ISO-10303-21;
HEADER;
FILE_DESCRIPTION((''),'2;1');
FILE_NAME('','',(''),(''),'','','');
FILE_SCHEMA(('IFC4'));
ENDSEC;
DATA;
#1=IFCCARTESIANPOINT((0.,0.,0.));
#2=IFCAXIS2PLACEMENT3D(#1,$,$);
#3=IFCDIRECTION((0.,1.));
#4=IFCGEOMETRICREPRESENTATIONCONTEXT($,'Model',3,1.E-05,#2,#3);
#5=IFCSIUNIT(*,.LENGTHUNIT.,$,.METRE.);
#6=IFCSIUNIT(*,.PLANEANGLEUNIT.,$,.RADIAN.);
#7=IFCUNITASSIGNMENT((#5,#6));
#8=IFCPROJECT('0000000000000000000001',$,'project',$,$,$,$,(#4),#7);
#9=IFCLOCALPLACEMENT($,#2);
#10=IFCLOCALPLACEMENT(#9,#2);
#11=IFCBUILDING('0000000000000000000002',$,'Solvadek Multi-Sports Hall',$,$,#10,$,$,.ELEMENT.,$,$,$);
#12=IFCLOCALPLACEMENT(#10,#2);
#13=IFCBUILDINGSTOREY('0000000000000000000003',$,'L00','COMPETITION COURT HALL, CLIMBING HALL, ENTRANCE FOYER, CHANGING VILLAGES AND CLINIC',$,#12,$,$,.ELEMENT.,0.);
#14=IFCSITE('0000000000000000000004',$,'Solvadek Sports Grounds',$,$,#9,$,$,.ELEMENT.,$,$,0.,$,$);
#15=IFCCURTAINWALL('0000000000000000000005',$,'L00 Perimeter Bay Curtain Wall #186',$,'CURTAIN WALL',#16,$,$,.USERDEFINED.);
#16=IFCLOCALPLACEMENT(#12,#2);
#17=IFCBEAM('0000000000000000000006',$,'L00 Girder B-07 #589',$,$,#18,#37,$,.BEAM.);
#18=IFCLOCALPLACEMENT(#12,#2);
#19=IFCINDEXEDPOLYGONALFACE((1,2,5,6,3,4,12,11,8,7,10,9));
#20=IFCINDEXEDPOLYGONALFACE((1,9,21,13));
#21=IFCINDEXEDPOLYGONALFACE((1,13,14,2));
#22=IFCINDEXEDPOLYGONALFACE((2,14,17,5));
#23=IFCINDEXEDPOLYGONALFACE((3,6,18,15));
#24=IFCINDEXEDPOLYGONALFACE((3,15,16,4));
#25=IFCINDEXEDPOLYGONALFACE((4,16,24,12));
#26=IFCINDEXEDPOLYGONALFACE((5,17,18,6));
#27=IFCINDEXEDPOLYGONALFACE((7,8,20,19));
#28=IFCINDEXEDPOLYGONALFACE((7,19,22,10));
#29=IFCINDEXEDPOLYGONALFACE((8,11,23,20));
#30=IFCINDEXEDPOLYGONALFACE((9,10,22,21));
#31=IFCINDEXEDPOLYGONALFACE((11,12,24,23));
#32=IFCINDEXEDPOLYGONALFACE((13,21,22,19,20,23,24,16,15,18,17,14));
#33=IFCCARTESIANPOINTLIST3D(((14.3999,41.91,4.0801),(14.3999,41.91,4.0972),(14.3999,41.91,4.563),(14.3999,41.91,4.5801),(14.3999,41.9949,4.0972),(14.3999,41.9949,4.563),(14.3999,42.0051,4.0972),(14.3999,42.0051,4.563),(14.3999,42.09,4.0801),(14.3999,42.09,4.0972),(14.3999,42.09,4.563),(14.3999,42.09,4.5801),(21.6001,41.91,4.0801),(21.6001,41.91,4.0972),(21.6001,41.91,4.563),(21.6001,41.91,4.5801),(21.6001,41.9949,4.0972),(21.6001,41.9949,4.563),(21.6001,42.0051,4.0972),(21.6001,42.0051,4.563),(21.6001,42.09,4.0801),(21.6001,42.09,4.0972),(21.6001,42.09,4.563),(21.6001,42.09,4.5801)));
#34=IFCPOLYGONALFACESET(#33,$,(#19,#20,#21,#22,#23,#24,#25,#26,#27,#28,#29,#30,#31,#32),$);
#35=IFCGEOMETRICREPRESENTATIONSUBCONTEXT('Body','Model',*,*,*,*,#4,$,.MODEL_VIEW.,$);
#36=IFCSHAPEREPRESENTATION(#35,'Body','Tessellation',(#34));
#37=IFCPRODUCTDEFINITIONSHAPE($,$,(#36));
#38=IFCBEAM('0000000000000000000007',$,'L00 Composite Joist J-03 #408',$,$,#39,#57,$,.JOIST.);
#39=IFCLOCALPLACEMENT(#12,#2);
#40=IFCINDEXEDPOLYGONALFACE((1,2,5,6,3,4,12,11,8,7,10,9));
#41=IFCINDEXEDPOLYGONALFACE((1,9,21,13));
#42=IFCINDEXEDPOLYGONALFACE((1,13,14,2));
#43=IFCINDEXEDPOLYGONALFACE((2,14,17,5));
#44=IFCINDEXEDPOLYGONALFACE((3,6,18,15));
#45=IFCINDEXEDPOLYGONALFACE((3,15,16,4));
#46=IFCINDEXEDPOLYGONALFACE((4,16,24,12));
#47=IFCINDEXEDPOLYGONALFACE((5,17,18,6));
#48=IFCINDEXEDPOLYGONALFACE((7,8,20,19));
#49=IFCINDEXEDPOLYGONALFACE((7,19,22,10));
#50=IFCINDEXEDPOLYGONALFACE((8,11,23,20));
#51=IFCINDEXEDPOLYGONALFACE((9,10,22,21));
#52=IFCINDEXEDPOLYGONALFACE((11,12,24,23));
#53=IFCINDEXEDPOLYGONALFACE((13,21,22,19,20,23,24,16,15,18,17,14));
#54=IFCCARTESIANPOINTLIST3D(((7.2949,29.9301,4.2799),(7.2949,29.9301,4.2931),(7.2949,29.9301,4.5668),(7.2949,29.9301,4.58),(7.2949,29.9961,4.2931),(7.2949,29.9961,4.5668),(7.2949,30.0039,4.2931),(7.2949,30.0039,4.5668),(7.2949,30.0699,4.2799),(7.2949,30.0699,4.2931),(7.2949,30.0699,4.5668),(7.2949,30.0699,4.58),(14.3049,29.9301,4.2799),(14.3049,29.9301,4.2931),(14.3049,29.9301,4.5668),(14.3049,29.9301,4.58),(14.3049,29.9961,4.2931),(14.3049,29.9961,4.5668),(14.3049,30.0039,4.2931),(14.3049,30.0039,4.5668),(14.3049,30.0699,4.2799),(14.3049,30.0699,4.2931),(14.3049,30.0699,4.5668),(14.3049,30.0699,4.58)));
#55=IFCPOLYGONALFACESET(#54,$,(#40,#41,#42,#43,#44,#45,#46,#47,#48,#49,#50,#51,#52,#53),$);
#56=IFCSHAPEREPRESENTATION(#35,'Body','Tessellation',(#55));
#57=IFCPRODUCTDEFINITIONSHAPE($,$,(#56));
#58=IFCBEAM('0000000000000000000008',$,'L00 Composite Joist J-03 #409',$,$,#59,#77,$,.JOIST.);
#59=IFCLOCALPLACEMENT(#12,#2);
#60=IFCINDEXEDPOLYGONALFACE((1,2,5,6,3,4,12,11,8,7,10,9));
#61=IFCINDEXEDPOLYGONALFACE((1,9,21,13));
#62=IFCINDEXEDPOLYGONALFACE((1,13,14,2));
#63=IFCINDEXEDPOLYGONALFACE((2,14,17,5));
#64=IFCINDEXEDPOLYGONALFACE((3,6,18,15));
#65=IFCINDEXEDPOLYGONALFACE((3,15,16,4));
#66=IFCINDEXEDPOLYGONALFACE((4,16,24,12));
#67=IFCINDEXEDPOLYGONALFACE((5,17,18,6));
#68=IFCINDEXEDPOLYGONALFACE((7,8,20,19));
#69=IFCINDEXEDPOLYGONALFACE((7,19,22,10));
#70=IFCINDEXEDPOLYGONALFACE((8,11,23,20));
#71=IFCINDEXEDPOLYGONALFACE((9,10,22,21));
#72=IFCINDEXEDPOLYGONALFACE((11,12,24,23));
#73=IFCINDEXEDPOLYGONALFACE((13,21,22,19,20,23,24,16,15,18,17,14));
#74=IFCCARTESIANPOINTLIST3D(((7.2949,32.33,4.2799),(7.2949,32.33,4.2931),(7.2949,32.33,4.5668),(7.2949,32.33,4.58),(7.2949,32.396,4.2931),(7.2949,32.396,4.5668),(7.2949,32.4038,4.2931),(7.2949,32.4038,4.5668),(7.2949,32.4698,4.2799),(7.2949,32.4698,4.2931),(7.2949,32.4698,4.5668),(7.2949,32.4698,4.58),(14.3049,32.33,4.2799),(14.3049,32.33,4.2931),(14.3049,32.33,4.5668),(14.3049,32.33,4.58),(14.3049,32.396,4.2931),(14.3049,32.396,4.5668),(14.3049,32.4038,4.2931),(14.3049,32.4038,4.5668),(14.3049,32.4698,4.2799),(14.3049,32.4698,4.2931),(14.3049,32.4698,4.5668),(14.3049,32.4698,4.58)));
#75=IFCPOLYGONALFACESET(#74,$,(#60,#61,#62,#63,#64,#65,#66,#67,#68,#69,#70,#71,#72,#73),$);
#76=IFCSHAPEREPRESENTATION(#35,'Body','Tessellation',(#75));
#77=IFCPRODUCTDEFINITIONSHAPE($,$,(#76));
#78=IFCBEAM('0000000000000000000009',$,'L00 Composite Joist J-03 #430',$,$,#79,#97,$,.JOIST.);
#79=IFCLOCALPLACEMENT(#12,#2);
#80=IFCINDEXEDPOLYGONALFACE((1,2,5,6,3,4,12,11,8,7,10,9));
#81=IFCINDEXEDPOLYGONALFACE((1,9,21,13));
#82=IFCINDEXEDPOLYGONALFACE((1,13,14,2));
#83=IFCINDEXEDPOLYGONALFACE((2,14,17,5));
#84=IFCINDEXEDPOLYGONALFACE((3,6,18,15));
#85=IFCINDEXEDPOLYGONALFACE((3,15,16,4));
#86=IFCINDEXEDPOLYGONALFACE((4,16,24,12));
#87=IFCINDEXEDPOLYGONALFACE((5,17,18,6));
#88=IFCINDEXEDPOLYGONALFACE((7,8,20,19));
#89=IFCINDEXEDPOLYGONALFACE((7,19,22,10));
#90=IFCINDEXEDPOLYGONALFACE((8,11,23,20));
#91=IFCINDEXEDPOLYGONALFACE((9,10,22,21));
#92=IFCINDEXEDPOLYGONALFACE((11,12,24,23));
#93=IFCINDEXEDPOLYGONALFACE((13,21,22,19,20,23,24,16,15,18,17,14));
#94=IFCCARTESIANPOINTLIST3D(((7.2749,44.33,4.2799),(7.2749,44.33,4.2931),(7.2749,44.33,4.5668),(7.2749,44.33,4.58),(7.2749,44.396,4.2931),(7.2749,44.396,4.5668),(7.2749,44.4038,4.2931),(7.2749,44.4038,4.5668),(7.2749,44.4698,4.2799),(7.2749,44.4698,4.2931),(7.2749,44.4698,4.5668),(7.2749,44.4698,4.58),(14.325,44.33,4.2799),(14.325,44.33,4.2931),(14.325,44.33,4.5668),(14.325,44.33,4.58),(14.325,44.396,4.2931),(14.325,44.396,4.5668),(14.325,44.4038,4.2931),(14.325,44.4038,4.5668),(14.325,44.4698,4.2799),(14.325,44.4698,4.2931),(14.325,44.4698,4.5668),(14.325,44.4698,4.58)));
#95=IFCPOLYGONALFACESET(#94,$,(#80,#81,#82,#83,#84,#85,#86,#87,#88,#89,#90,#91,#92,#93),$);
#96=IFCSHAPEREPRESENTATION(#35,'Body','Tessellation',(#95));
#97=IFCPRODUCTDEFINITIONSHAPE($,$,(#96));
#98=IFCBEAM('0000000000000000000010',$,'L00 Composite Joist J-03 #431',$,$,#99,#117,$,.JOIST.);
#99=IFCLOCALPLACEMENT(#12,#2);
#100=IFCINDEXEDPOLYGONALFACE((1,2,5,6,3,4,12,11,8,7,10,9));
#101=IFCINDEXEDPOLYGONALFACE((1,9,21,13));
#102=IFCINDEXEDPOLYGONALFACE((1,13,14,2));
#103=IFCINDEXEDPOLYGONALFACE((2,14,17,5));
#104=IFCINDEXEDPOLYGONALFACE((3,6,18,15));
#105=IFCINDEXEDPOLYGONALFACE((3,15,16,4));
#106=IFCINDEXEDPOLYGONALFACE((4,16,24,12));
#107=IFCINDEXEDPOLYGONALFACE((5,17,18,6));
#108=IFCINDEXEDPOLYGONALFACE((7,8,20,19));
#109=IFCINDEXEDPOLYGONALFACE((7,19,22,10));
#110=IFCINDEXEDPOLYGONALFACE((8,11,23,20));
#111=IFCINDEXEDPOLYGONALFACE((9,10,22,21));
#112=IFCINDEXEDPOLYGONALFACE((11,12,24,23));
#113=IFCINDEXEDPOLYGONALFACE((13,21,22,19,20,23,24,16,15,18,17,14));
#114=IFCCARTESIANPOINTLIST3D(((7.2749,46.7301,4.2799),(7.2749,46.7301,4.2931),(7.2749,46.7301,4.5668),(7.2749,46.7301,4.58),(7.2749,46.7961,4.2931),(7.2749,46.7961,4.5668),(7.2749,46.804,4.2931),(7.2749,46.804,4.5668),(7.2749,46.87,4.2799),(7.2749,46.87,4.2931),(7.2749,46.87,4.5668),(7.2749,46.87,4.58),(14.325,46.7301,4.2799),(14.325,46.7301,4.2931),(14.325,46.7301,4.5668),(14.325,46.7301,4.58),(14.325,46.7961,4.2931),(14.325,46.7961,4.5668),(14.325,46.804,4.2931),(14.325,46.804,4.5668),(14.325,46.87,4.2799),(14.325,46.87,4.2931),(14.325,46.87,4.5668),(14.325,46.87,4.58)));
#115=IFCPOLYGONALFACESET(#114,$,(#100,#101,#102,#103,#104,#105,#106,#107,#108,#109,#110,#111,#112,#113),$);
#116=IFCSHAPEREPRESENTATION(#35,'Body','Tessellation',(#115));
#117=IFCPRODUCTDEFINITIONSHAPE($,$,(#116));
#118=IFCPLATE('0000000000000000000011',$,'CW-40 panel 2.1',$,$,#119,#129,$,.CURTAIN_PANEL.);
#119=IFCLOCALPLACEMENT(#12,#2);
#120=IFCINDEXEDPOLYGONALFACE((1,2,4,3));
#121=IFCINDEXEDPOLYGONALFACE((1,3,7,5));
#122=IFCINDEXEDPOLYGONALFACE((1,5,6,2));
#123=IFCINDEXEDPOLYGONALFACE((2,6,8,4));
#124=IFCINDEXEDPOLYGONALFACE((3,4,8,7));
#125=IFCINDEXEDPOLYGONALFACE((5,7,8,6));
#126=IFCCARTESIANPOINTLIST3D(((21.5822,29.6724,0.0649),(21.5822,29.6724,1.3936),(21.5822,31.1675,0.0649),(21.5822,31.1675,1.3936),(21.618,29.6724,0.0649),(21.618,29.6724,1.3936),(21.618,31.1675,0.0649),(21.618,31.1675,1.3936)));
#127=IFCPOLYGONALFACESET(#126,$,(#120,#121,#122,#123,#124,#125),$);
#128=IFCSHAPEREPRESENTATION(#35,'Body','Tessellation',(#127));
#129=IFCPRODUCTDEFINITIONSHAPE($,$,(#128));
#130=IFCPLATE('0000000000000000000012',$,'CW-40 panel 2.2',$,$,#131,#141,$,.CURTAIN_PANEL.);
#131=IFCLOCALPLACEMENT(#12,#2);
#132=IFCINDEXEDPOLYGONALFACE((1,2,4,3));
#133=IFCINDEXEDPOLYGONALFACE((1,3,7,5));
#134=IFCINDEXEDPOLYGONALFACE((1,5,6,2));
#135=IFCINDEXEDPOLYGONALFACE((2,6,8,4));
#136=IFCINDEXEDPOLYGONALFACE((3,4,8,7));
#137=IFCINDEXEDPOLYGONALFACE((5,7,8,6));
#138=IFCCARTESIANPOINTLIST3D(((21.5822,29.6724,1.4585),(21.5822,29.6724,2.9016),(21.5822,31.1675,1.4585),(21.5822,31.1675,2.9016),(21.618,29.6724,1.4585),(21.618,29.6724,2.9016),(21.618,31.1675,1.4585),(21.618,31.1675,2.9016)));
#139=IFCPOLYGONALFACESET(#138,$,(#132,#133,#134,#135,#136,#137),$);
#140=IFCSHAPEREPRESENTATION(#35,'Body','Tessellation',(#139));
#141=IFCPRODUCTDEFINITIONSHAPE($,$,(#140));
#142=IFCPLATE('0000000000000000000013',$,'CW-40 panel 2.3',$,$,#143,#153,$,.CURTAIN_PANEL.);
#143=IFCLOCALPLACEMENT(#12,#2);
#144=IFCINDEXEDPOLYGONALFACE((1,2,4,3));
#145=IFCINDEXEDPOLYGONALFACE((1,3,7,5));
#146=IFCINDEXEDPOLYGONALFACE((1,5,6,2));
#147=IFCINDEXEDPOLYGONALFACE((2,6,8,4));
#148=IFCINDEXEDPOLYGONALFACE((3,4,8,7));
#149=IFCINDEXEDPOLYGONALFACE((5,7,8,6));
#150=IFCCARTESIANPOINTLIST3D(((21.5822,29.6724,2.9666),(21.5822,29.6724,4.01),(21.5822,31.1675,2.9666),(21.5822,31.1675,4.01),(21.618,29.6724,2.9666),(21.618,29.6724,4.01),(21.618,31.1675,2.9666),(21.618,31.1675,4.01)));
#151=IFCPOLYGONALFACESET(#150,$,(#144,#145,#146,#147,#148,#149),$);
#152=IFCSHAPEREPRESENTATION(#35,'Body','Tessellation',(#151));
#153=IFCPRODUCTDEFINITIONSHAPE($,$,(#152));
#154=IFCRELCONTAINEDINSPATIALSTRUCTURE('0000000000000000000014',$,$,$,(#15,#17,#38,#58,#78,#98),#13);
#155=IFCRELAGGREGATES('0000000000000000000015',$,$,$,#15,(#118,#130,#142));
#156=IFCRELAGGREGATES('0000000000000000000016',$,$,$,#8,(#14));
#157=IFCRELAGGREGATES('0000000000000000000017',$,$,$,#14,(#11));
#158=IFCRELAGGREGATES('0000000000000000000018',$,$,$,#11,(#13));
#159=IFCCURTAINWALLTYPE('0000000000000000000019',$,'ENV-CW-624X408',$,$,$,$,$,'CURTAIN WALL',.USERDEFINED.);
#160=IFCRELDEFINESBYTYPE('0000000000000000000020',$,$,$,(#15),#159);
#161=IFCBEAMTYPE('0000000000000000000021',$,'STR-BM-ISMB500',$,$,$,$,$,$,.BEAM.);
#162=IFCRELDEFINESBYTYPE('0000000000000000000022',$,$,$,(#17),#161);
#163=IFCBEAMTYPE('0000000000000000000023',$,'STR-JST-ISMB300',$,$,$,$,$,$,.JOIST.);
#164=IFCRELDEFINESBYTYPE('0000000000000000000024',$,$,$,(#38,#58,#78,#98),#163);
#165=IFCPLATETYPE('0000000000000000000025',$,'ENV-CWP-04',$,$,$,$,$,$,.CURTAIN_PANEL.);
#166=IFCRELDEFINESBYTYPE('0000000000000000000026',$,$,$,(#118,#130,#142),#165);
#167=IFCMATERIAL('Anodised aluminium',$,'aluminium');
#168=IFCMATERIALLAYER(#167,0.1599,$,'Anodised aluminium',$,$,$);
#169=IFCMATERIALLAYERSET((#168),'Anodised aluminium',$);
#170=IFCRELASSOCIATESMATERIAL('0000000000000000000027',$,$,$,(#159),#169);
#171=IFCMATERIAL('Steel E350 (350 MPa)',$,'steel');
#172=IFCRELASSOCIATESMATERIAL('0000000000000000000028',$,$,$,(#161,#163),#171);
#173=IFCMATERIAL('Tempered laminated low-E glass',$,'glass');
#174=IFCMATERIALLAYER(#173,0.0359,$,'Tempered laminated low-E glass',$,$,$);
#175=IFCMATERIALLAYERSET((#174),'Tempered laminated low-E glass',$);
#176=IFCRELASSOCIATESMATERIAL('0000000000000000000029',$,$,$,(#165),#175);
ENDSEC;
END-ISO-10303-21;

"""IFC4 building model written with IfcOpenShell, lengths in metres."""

from ifc_helpers import new_model, si_unit, direction, frame, origin, origin_2d, place, context, subcontext, project, spatial, rectangle, i_section, extrude, material, layer, layer_set, material_profile, profile_set, type_object, element, aggregate, save


model = new_model("IFC4")

# Units and contexts
model_context = context("Model", 3, precision=1e-05, world=origin(), true_north=direction((0.0, 1.0)))
body_context = subcontext(model_context, "Body", "Model", "MODEL_VIEW")
ifc_project = project(units=[si_unit("LENGTHUNIT", "METRE"), si_unit("PLANEANGLEUNIT", "RADIAN")], contexts=[model_context])

# Site, building, storey
site_placement = place(None, origin())
site = spatial("IfcSite", under=ifc_project, at=site_placement, Name="Solvadek Sports Grounds", CompositionType="ELEMENT", RefElevation=0.0)
building_placement = place(site_placement, origin())
building = spatial("IfcBuilding", under=site, at=building_placement, Name="Solvadek Multi-Sports Hall", CompositionType="ELEMENT")
storey_placement = place(building_placement, origin())
storey = spatial("IfcBuildingStorey", under=building, at=storey_placement, Name="L00", Description="COMPETITION COURT HALL, CLIMBING HALL, ENTRANCE FOYER, CHANGING VILLAGES AND CLINIC", CompositionType="ELEMENT", Elevation=0.0)

# Shared definitions
ifc_material_1 = material(Name="Steel E350 (350 MPa)", Category="steel")

# Curtain wall
ifc_material_2 = material(Name="Anodised aluminium", Category="aluminium")
ifc_layer_1 = layer(ifc_material_2, 0.1599, Name="Anodised aluminium")
ifc_layer_set_1 = layer_set([ifc_layer_1], Name="Anodised aluminium")
curtain_wall_type = type_object("IfcCurtainWallType", Name="ENV-CW-624X408", ElementType="CURTAIN WALL", PredefinedType="USERDEFINED", material=ifc_layer_set_1)
curtain_wall_placement = place(storey_placement, origin())
curtain_wall = element("IfcCurtainWall", 1, at=curtain_wall_placement, inside=storey, type_object=curtain_wall_type, Name="L00 Perimeter Bay Curtain Wall #186", ObjectType="CURTAIN WALL", PredefinedType="USERDEFINED")

# Beams
ifc_material_profile_1 = material_profile(ifc_material_1, i_section(OverallWidth=0.1799, OverallDepth=0.5, WebThickness=0.0103, FlangeThickness=0.0171, at=origin_2d()), Name="ISMB 500")
ifc_profile_set_1 = profile_set([ifc_material_profile_1], Name="Steel E350 (350 MPa)")
beam_type_1 = type_object("IfcBeamType", Name="STR-BM-ISMB500", PredefinedType="BEAM", material=ifc_profile_set_1)
for number, where, z_axis, x_axis, name in (
    (2, (14.3999, 42.0, 4.3301), (1.0, 0.0, 0.0), (0.0, 1.0, 0.0), "L00 Girder B-07 #589"),
):
    element("IfcBeam", number, at=place(storey_placement, frame(where, z_axis=z_axis, x_axis=x_axis)), inside=storey, type_object=beam_type_1, Name=name, PredefinedType="BEAM", context=body_context, shape_type="SweptSolid", body=[
        extrude(i_section(OverallWidth=0.1799, OverallDepth=0.5, WebThickness=0.0103, FlangeThickness=0.0171, at=origin_2d()), origin(), (0.0, 0.0, 1.0), 7.2002),
    ])
ifc_material_profile_2 = material_profile(ifc_material_1, i_section(OverallWidth=0.1399, OverallDepth=0.3, WebThickness=0.0078, FlangeThickness=0.0132, at=origin_2d()), Name="ISMB 300")
ifc_profile_set_2 = profile_set([ifc_material_profile_2], Name="Steel E350 (350 MPa)")
beam_type_2 = type_object("IfcBeamType", Name="STR-JST-ISMB300", PredefinedType="JOIST", material=ifc_profile_set_2)
for number, where, z_axis, x_axis, name in (
    (3, (7.2949, 30.0, 4.4299), (1.0, 0.0, 0.0), (0.0, 1.0, 0.0), "L00 Composite Joist J-03 #408"),
    (4, (7.2949, 32.3999, 4.4299), (1.0, 0.0, 0.0), (0.0, 1.0, 0.0), "L00 Composite Joist J-03 #409"),
):
    element("IfcBeam", number, at=place(storey_placement, frame(where, z_axis=z_axis, x_axis=x_axis)), inside=storey, type_object=beam_type_2, Name=name, PredefinedType="JOIST", context=body_context, shape_type="SweptSolid", body=[
        extrude(i_section(OverallWidth=0.1399, OverallDepth=0.3, WebThickness=0.0078, FlangeThickness=0.0132, at=origin_2d()), origin(), (0.0, 0.0, 1.0), 7.01),
    ])
for number, where, z_axis, x_axis, name in (
    (5, (7.2749, 44.3999, 4.4299), (1.0, 0.0, 0.0), (0.0, 1.0, 0.0), "L00 Composite Joist J-03 #430"),
    (6, (7.2749, 46.8, 4.4299), (1.0, 0.0, 0.0), (0.0, 1.0, 0.0), "L00 Composite Joist J-03 #431"),
):
    element("IfcBeam", number, at=place(storey_placement, frame(where, z_axis=z_axis, x_axis=x_axis)), inside=storey, type_object=beam_type_2, Name=name, PredefinedType="JOIST", context=body_context, shape_type="SweptSolid", body=[
        extrude(i_section(OverallWidth=0.1399, OverallDepth=0.3, WebThickness=0.0078, FlangeThickness=0.0132, at=origin_2d()), origin(), (0.0, 0.0, 1.0), 7.05),
    ])

# Plates
ifc_material_3 = material(Name="Tempered laminated low-E glass", Category="glass")
ifc_layer_2 = layer(ifc_material_3, 0.0359, Name="Tempered laminated low-E glass")
ifc_layer_set_2 = layer_set([ifc_layer_2], Name="Tempered laminated low-E glass")
plate_type = type_object("IfcPlateType", Name="ENV-CWP-04", PredefinedType="CURTAIN_PANEL", material=ifc_layer_set_2)
plate_1_placement = place(storey_placement, frame((21.6001, 30.4199, 0.0649), z_axis=(0.0, 0.0, 1.0), x_axis=(0.0, 1.0, 0.0)))
plate_1 = element("IfcPlate", 7, at=plate_1_placement, type_object=plate_type, Name="CW-40 panel 2.1", PredefinedType="CURTAIN_PANEL", context=body_context, shape_type="SweptSolid", body=[
    extrude(rectangle(XDim=1.4951, YDim=0.0359, at=origin_2d()), origin(), (0.0, 0.0, 1.0), 1.3286),
])
plate_2_placement = place(storey_placement, frame((21.6001, 30.4199, 1.4585), z_axis=(0.0, 0.0, 1.0), x_axis=(0.0, 1.0, 0.0)))
plate_2 = element("IfcPlate", 8, at=plate_2_placement, type_object=plate_type, Name="CW-40 panel 2.2", PredefinedType="CURTAIN_PANEL", context=body_context, shape_type="SweptSolid", body=[
    extrude(rectangle(XDim=1.4951, YDim=0.0359, at=origin_2d()), origin(), (0.0, 0.0, 1.0), 1.4431),
])
plate_3_placement = place(storey_placement, frame((21.6001, 30.4199, 2.9666), z_axis=(0.0, 0.0, 1.0), x_axis=(0.0, 1.0, 0.0)))
plate_3 = element("IfcPlate", 9, at=plate_3_placement, type_object=plate_type, Name="CW-40 panel 2.3", PredefinedType="CURTAIN_PANEL", context=body_context, shape_type="SweptSolid", body=[
    extrude(rectangle(XDim=1.4951, YDim=0.0359, at=origin_2d()), origin(), (0.0, 0.0, 1.0), 1.0435),
])
aggregate(curtain_wall, [plate_1, plate_2, plate_3])

save(model, "model.ifc")
